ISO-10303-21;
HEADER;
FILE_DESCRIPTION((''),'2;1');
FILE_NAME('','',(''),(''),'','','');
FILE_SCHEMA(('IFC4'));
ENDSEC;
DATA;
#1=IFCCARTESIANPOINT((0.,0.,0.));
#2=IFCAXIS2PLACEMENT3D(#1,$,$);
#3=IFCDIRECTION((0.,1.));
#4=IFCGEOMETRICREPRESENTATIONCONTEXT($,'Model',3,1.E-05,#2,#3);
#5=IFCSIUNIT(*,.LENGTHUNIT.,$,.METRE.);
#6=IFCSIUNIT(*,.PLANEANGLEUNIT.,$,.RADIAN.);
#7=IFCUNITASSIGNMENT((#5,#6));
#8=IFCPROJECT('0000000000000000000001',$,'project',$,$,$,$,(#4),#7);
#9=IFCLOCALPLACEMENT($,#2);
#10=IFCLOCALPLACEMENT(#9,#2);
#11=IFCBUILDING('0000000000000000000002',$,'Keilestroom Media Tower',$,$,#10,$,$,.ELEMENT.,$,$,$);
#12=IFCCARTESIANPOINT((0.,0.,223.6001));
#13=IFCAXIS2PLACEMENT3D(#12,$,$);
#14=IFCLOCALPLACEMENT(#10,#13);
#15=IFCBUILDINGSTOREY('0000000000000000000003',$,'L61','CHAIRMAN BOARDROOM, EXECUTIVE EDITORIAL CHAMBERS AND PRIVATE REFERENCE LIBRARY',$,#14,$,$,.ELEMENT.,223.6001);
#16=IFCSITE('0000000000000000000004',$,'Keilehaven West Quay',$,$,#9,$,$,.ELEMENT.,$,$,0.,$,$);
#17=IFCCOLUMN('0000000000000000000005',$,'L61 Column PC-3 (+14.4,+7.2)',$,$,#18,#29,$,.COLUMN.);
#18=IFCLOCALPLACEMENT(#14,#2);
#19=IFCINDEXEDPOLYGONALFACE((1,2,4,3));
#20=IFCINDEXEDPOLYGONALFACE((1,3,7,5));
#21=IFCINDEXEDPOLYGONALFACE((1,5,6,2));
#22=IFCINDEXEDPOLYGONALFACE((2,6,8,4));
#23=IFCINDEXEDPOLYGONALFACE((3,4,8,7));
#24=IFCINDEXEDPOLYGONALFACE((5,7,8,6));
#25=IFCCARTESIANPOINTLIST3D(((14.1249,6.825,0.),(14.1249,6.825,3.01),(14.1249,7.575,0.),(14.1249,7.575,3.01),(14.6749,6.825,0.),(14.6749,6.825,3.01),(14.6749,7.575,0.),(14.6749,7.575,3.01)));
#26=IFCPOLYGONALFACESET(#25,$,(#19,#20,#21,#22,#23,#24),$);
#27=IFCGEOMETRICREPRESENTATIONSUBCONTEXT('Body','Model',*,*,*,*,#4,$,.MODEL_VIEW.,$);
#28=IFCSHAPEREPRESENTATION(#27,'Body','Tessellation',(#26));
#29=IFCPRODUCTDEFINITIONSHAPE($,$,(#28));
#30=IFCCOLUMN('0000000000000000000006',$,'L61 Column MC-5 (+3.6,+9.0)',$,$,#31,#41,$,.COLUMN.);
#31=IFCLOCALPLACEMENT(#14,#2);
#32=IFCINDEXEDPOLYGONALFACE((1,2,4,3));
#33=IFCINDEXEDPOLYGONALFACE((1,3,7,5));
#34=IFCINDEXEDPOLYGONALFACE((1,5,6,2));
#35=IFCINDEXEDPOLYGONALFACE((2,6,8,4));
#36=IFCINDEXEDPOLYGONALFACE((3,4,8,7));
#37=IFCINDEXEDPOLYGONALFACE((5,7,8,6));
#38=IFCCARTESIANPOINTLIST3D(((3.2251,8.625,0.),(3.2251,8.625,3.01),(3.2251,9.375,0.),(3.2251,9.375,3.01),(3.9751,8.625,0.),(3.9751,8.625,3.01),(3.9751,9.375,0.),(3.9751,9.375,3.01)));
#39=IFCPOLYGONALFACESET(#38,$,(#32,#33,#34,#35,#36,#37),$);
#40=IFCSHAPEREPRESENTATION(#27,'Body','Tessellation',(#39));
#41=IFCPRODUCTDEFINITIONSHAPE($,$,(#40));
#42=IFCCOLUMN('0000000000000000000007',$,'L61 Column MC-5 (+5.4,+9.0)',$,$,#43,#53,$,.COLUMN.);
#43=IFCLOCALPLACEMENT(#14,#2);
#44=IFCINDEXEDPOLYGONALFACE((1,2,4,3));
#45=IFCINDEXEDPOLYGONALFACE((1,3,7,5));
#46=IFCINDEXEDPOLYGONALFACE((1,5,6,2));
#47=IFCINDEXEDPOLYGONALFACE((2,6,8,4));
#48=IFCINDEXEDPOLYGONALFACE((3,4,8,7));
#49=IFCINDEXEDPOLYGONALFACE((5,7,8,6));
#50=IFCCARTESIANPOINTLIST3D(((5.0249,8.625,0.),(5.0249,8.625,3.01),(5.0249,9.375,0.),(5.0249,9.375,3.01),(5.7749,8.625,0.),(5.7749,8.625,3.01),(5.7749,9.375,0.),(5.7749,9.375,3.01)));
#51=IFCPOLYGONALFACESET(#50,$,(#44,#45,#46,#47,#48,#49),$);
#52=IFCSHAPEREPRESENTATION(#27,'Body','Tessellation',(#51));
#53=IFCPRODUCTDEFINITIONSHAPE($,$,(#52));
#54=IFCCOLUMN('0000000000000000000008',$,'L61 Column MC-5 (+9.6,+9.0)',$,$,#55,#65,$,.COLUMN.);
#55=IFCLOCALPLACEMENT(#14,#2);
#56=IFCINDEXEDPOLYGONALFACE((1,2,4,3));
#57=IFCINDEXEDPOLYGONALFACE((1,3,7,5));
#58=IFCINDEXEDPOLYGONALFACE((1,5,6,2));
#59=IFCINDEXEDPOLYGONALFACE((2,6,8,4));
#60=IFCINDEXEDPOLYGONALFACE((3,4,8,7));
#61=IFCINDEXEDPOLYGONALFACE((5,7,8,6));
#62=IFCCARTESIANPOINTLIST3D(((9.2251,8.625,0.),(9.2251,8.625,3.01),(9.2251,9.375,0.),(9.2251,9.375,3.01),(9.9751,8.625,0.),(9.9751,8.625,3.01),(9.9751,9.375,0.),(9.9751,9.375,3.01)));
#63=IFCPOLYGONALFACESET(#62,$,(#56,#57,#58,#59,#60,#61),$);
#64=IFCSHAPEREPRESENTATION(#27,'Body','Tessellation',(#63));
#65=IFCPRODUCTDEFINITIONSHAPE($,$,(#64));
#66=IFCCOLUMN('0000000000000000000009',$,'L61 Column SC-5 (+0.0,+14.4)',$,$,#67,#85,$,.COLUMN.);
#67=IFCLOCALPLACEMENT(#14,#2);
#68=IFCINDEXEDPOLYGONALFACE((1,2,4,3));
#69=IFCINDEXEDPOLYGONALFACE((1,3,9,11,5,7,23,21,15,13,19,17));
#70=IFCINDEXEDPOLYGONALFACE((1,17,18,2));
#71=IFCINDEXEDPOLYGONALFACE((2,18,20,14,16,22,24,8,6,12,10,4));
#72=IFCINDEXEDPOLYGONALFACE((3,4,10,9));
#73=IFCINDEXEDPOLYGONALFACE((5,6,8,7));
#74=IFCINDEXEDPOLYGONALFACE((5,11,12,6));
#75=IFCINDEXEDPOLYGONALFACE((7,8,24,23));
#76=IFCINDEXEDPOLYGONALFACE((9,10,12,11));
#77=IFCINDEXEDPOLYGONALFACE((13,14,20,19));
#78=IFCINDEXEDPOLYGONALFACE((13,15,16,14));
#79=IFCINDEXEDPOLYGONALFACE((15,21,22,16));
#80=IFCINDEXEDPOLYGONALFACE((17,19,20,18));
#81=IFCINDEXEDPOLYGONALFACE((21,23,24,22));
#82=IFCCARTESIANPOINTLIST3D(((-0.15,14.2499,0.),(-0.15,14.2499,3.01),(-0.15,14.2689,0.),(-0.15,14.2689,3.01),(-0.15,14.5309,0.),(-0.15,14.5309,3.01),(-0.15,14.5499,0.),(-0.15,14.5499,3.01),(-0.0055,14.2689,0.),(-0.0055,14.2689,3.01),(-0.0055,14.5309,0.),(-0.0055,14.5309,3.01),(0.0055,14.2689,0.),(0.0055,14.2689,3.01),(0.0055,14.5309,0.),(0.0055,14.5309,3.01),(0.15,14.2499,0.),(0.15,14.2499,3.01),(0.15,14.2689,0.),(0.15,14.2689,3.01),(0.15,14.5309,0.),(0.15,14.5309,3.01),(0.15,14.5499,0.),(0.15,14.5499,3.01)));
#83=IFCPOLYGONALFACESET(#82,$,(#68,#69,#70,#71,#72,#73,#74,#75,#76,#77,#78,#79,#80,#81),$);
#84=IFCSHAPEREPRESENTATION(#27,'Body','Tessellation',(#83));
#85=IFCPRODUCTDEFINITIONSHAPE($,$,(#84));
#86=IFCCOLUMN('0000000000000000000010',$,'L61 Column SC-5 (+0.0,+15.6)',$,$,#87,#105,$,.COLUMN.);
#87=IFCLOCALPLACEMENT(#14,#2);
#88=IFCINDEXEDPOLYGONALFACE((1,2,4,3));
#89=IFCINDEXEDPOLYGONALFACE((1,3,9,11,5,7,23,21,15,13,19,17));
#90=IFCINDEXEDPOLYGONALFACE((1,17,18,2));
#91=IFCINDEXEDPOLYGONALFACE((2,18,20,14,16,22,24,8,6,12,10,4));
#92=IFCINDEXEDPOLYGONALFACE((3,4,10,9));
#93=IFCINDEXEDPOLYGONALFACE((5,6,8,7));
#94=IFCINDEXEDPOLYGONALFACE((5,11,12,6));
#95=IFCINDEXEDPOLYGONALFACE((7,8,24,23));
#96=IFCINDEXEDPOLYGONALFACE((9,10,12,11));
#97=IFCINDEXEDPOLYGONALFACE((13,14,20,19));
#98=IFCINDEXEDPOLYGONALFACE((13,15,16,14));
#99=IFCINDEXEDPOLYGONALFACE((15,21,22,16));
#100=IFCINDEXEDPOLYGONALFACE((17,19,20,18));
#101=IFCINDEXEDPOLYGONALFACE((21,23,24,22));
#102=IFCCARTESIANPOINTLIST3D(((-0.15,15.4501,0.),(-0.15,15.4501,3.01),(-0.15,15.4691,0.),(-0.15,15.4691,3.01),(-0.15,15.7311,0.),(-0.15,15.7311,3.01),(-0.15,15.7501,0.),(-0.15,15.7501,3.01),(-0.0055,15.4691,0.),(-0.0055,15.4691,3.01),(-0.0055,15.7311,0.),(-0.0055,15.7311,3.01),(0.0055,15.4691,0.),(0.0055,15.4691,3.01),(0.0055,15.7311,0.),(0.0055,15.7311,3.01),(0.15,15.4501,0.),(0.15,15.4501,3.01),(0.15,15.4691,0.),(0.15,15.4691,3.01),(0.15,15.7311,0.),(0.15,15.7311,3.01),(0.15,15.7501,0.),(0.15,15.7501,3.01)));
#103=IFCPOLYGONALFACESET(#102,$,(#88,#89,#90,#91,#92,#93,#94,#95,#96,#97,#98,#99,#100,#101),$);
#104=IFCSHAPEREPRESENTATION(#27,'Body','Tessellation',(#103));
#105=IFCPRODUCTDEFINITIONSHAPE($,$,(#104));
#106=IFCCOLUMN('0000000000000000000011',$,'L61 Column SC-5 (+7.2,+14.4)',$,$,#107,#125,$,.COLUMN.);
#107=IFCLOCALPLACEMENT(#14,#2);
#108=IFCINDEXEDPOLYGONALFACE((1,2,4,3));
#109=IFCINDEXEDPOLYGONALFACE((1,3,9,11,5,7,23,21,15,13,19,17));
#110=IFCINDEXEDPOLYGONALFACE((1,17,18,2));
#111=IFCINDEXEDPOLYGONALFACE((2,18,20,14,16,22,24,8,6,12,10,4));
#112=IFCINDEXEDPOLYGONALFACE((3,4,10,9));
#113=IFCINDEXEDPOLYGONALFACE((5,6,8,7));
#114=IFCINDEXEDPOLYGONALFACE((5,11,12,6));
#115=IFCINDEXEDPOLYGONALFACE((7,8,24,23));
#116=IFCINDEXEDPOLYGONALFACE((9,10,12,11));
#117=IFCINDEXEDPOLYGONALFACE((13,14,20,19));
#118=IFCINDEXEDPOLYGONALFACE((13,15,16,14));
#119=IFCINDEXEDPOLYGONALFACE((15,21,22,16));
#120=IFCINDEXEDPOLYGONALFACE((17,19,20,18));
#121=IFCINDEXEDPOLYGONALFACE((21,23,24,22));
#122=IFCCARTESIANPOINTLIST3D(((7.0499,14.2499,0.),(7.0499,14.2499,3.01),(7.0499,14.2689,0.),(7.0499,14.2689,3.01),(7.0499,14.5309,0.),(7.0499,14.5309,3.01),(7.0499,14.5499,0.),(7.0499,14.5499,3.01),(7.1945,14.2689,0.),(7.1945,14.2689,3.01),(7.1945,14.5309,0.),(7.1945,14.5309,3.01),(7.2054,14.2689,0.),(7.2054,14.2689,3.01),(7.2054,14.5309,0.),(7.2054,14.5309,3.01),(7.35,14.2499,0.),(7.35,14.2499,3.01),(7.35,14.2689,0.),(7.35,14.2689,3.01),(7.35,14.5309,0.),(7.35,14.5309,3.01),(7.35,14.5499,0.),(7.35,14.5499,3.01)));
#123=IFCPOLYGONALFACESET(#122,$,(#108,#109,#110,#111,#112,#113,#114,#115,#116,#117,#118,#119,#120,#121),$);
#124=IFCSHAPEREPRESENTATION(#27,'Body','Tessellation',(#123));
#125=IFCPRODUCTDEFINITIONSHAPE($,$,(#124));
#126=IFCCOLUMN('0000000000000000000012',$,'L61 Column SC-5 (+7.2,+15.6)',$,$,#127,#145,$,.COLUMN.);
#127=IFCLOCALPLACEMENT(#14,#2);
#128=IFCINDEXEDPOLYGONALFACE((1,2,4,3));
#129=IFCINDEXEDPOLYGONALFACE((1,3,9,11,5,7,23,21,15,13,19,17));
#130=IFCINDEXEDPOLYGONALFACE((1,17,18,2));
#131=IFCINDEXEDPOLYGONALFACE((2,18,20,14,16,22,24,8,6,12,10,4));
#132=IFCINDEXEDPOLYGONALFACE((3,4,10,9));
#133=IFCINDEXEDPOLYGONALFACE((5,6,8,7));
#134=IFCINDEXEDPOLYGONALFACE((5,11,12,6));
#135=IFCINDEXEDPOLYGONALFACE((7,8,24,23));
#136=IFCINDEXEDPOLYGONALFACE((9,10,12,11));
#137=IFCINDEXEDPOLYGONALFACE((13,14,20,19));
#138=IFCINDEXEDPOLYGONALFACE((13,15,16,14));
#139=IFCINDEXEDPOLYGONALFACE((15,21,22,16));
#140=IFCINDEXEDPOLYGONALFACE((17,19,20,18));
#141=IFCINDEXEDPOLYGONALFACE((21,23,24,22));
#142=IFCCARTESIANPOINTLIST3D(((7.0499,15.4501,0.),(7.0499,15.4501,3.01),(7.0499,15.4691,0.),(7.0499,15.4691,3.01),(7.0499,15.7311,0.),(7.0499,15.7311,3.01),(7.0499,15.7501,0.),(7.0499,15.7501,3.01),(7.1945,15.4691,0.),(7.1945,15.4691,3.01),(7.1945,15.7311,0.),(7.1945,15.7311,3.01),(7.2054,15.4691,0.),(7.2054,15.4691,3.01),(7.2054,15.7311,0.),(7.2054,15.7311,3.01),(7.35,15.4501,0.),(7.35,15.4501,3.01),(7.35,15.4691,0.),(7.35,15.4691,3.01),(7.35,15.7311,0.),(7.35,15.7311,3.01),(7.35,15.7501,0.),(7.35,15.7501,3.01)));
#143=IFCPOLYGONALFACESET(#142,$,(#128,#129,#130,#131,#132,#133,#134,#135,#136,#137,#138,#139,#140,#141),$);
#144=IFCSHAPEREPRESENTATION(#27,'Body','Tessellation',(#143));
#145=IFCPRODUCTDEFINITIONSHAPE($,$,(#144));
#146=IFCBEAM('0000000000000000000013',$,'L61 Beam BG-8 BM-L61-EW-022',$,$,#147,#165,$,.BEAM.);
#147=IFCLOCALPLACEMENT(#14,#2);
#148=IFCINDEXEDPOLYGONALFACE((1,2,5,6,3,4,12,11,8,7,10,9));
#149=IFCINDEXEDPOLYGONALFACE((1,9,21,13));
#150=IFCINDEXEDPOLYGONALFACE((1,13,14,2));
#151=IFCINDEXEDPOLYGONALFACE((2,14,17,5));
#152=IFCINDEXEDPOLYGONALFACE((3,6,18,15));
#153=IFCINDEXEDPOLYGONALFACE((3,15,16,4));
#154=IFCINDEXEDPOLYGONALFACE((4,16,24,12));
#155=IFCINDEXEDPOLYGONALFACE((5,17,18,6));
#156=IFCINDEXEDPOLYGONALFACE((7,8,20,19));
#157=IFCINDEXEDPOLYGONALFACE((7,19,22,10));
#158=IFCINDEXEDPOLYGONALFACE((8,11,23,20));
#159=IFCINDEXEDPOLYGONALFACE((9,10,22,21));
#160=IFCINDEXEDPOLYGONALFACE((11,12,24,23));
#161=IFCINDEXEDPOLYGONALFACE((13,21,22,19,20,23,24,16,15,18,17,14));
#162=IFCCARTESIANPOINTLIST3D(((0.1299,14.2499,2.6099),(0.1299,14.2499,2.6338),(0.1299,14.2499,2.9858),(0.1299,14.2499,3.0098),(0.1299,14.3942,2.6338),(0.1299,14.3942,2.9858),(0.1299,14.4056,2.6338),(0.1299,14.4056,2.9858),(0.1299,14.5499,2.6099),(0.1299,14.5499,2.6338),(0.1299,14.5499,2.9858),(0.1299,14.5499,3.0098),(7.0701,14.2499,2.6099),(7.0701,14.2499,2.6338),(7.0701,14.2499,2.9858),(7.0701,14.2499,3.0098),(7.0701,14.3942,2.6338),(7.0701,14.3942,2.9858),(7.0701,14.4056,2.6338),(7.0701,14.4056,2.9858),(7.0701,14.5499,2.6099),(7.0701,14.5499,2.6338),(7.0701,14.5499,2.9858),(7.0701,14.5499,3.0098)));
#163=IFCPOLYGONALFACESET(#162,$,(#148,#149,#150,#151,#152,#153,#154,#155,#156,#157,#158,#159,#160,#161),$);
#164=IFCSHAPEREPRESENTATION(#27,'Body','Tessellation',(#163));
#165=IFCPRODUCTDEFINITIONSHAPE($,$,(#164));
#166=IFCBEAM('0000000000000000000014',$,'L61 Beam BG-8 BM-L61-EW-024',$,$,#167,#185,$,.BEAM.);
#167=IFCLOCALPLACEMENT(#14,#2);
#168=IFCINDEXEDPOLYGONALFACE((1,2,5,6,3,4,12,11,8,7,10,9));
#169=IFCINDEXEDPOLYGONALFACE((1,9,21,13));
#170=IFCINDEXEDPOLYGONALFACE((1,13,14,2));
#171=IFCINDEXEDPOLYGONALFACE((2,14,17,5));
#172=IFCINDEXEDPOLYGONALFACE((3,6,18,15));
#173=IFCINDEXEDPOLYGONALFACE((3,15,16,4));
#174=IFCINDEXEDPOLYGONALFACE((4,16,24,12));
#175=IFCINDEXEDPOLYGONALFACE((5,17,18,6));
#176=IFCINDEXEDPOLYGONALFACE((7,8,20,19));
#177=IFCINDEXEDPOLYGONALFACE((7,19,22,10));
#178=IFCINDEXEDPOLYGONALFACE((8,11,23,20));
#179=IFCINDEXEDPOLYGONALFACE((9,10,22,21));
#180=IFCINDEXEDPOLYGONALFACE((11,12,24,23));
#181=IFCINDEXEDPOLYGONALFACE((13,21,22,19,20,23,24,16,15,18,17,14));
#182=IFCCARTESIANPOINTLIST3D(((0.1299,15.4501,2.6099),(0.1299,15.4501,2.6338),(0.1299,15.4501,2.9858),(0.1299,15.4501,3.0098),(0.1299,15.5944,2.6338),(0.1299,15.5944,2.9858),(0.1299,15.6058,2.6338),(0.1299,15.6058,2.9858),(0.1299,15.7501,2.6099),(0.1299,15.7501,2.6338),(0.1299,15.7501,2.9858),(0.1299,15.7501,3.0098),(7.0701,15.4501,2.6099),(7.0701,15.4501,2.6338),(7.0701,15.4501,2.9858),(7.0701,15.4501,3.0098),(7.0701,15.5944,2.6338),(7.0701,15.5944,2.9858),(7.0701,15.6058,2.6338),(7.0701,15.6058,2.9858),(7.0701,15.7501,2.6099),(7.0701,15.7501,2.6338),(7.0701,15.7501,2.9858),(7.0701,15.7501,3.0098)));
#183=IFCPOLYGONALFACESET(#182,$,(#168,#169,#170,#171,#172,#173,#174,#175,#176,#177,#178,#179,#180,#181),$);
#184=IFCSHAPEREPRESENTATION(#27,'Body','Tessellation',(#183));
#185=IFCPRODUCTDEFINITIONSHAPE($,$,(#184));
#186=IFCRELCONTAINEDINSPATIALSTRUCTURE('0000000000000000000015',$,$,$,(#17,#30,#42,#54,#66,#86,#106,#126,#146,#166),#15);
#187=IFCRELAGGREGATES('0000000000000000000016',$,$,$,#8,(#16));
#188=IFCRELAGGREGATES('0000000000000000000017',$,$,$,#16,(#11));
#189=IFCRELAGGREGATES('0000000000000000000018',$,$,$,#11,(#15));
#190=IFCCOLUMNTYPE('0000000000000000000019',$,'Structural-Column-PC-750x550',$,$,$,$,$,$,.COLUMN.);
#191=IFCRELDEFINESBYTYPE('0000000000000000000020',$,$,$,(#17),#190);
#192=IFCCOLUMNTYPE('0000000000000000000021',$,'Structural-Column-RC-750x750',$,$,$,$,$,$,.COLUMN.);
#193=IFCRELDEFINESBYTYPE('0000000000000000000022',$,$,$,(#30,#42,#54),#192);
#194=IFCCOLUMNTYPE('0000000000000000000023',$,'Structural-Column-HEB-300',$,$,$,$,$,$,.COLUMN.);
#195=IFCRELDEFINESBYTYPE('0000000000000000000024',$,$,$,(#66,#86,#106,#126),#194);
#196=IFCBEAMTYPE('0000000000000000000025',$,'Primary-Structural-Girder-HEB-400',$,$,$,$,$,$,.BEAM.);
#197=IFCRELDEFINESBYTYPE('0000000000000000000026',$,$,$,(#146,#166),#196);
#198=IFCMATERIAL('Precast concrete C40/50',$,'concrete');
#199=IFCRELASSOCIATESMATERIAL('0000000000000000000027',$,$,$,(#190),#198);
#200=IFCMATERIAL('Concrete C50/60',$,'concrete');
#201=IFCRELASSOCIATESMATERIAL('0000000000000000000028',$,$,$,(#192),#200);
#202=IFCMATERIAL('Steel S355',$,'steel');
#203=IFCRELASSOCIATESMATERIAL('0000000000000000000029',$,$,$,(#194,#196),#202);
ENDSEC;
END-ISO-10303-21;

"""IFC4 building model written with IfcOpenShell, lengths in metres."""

from ifc_helpers import new_model, si_unit, direction, frame, origin, origin_2d, place, context, subcontext, project, spatial, rectangle, i_section, extrude, source, transform, mapped, material, material_profile, profile_set, type_object, element, save


model = new_model("IFC4")

# Units and contexts
model_context = context("Model", 3, precision=1e-05, world=origin(), true_north=direction((0.0, 1.0)))
body_context = subcontext(model_context, "Body", "Model", "MODEL_VIEW")
ifc_project = project(units=[si_unit("LENGTHUNIT", "METRE"), si_unit("PLANEANGLEUNIT", "RADIAN")], contexts=[model_context])

# Site, building, storey
site_placement = place(None, origin())
site = spatial("IfcSite", under=ifc_project, at=site_placement, Name="Keilehaven West Quay", CompositionType="ELEMENT", RefElevation=0.0)
building_placement = place(site_placement, origin())
building = spatial("IfcBuilding", under=site, at=building_placement, Name="Keilestroom Media Tower", CompositionType="ELEMENT")
storey_placement = place(building_placement, frame((0.0, 0.0, 223.6001)))
storey = spatial("IfcBuildingStorey", under=building, at=storey_placement, Name="L61", Description="CHAIRMAN BOARDROOM, EXECUTIVE EDITORIAL CHAMBERS AND PRIVATE REFERENCE LIBRARY", CompositionType="ELEMENT", Elevation=223.6001)

# Columns
ifc_material_1 = material(Name="Precast concrete C40/50", Category="concrete")
ifc_material_profile_1 = material_profile(ifc_material_1, rectangle(XDim=0.55, YDim=0.75, at=origin_2d()), Name="PC 750x550")
ifc_profile_set_1 = profile_set([ifc_material_profile_1], Name="Precast concrete C40/50")
column_type_1 = type_object("IfcColumnType", Name="Structural-Column-PC-750x550", PredefinedType="COLUMN", material=ifc_profile_set_1)
shared_shape_1 = source(origin(), body_context, "Body", "SweptSolid", [
    extrude(rectangle(XDim=0.55, YDim=0.75, at=origin_2d()), origin(), (0.0, 0.0, 1.0), 3.01),
])
column_placement = place(storey_placement, frame((14.3999, 7.2, 0.0), z_axis=(0.0, 0.0, 1.0), x_axis=(1.0, 0.0, 0.0)))
element("IfcColumn", 1, at=column_placement, inside=storey, type_object=column_type_1, Name="L61 Column PC-3 (+14.4,+7.2)", PredefinedType="COLUMN", context=body_context, shape_type="MappedRepresentation", body=[
    mapped(shared_shape_1, transform((0.0, 0.0, 0.0), x_axis=(1.0, 0.0, 0.0), y_axis=(0.0, 1.0, 0.0), z_axis=(0.0, 0.0, 1.0), scale=1.0)),
])
ifc_material_2 = material(Name="Concrete C50/60", Category="concrete")
ifc_material_profile_2 = material_profile(ifc_material_2, rectangle(XDim=0.75, YDim=0.75, at=origin_2d()), Name="RC 750x750")
ifc_profile_set_2 = profile_set([ifc_material_profile_2], Name="Concrete C50/60")
column_type_2 = type_object("IfcColumnType", Name="Structural-Column-RC-750x750", PredefinedType="COLUMN", material=ifc_profile_set_2)
shared_shape_2 = source(origin(), body_context, "Body", "SweptSolid", [
    extrude(rectangle(XDim=0.75, YDim=0.75, at=origin_2d()), origin(), (0.0, 0.0, 1.0), 3.01),
])
for number, where, z_axis, x_axis, name in (
    (2, (3.6001, 9.0, 0.0), (0.0, 0.0, 1.0), (1.0, 0.0, 0.0), "L61 Column MC-5 (+3.6,+9.0)"),
    (3, (5.3999, 9.0, 0.0), (0.0, 0.0, 1.0), (1.0, 0.0, 0.0), "L61 Column MC-5 (+5.4,+9.0)"),
    (4, (9.6001, 9.0, 0.0), (0.0, 0.0, 1.0), (1.0, 0.0, 0.0), "L61 Column MC-5 (+9.6,+9.0)"),
):
    element("IfcColumn", number, at=place(storey_placement, frame(where, z_axis=z_axis, x_axis=x_axis)), inside=storey, type_object=column_type_2, Name=name, PredefinedType="COLUMN", context=body_context, shape_type="MappedRepresentation", body=[
        mapped(shared_shape_2, transform((0.0, 0.0, 0.0), x_axis=(1.0, 0.0, 0.0), y_axis=(0.0, 1.0, 0.0), z_axis=(0.0, 0.0, 1.0), scale=1.0)),
    ])
ifc_material_3 = material(Name="Steel S355", Category="steel")
ifc_material_profile_3 = material_profile(ifc_material_3, i_section(OverallWidth=0.3, OverallDepth=0.3, WebThickness=0.011, FlangeThickness=0.019, at=origin_2d()), Name="HEB 300")
ifc_profile_set_3 = profile_set([ifc_material_profile_3], Name="Steel S355")
column_type_3 = type_object("IfcColumnType", Name="Structural-Column-HEB-300", PredefinedType="COLUMN", material=ifc_profile_set_3)
shared_shape_3 = source(origin(), body_context, "Body", "SweptSolid", [
    extrude(i_section(OverallWidth=0.3, OverallDepth=0.3, WebThickness=0.011, FlangeThickness=0.019, at=origin_2d()), origin(), (0.0, 0.0, 1.0), 3.01),
])
for number, where, z_axis, x_axis, name in (
    (5, (0.0, 14.3999, 0.0), (0.0, 0.0, 1.0), (1.0, 0.0, 0.0), "L61 Column SC-5 (+0.0,+14.4)"),
    (6, (0.0, 15.6001, 0.0), (0.0, 0.0, 1.0), (1.0, 0.0, 0.0), "L61 Column SC-5 (+0.0,+15.6)"),
    (7, (7.2, 14.3999, 0.0), (0.0, 0.0, 1.0), (1.0, 0.0, 0.0), "L61 Column SC-5 (+7.2,+14.4)"),
    (8, (7.2, 15.6001, 0.0), (0.0, 0.0, 1.0), (1.0, 0.0, 0.0), "L61 Column SC-5 (+7.2,+15.6)"),
):
    element("IfcColumn", number, at=place(storey_placement, frame(where, z_axis=z_axis, x_axis=x_axis)), inside=storey, type_object=column_type_3, Name=name, PredefinedType="COLUMN", context=body_context, shape_type="MappedRepresentation", body=[
        mapped(shared_shape_3, transform((0.0, 0.0, 0.0), x_axis=(1.0, 0.0, 0.0), y_axis=(0.0, 1.0, 0.0), z_axis=(0.0, 0.0, 1.0), scale=1.0)),
    ])

# Beams
ifc_material_profile_4 = material_profile(ifc_material_3, i_section(OverallWidth=0.3, OverallDepth=0.3999, WebThickness=0.0115, FlangeThickness=0.0239, at=origin_2d()), Name="HEB 400")
ifc_profile_set_4 = profile_set([ifc_material_profile_4], Name="Steel S355")
beam_type = type_object("IfcBeamType", Name="Primary-Structural-Girder-HEB-400", PredefinedType="BEAM", material=ifc_profile_set_4)
shared_shape_4 = source(origin(), body_context, "Body", "SweptSolid", [
    extrude(i_section(OverallWidth=0.3, OverallDepth=0.3999, WebThickness=0.0115, FlangeThickness=0.0239, at=origin_2d()), origin(), (0.0, 0.0, 1.0), 6.9402),
])
for number, where, z_axis, x_axis, name in (
    (9, (0.1299, 14.3999, 2.8098), (1.0, 0.0, 0.0), (0.0, 1.0, 0.0), "L61 Beam BG-8 BM-L61-EW-022"),
    (10, (0.1299, 15.6001, 2.8098), (1.0, 0.0, 0.0), (0.0, 1.0, 0.0), "L61 Beam BG-8 BM-L61-EW-024"),
):
    element("IfcBeam", number, at=place(storey_placement, frame(where, z_axis=z_axis, x_axis=x_axis)), inside=storey, type_object=beam_type, Name=name, PredefinedType="BEAM", context=body_context, shape_type="MappedRepresentation", body=[
        mapped(shared_shape_4, transform((0.0, 0.0, 0.0), x_axis=(1.0, 0.0, 0.0), y_axis=(0.0, 1.0, 0.0), z_axis=(0.0, 0.0, 1.0), scale=1.0)),
    ])

save(model, "model.ifc")
